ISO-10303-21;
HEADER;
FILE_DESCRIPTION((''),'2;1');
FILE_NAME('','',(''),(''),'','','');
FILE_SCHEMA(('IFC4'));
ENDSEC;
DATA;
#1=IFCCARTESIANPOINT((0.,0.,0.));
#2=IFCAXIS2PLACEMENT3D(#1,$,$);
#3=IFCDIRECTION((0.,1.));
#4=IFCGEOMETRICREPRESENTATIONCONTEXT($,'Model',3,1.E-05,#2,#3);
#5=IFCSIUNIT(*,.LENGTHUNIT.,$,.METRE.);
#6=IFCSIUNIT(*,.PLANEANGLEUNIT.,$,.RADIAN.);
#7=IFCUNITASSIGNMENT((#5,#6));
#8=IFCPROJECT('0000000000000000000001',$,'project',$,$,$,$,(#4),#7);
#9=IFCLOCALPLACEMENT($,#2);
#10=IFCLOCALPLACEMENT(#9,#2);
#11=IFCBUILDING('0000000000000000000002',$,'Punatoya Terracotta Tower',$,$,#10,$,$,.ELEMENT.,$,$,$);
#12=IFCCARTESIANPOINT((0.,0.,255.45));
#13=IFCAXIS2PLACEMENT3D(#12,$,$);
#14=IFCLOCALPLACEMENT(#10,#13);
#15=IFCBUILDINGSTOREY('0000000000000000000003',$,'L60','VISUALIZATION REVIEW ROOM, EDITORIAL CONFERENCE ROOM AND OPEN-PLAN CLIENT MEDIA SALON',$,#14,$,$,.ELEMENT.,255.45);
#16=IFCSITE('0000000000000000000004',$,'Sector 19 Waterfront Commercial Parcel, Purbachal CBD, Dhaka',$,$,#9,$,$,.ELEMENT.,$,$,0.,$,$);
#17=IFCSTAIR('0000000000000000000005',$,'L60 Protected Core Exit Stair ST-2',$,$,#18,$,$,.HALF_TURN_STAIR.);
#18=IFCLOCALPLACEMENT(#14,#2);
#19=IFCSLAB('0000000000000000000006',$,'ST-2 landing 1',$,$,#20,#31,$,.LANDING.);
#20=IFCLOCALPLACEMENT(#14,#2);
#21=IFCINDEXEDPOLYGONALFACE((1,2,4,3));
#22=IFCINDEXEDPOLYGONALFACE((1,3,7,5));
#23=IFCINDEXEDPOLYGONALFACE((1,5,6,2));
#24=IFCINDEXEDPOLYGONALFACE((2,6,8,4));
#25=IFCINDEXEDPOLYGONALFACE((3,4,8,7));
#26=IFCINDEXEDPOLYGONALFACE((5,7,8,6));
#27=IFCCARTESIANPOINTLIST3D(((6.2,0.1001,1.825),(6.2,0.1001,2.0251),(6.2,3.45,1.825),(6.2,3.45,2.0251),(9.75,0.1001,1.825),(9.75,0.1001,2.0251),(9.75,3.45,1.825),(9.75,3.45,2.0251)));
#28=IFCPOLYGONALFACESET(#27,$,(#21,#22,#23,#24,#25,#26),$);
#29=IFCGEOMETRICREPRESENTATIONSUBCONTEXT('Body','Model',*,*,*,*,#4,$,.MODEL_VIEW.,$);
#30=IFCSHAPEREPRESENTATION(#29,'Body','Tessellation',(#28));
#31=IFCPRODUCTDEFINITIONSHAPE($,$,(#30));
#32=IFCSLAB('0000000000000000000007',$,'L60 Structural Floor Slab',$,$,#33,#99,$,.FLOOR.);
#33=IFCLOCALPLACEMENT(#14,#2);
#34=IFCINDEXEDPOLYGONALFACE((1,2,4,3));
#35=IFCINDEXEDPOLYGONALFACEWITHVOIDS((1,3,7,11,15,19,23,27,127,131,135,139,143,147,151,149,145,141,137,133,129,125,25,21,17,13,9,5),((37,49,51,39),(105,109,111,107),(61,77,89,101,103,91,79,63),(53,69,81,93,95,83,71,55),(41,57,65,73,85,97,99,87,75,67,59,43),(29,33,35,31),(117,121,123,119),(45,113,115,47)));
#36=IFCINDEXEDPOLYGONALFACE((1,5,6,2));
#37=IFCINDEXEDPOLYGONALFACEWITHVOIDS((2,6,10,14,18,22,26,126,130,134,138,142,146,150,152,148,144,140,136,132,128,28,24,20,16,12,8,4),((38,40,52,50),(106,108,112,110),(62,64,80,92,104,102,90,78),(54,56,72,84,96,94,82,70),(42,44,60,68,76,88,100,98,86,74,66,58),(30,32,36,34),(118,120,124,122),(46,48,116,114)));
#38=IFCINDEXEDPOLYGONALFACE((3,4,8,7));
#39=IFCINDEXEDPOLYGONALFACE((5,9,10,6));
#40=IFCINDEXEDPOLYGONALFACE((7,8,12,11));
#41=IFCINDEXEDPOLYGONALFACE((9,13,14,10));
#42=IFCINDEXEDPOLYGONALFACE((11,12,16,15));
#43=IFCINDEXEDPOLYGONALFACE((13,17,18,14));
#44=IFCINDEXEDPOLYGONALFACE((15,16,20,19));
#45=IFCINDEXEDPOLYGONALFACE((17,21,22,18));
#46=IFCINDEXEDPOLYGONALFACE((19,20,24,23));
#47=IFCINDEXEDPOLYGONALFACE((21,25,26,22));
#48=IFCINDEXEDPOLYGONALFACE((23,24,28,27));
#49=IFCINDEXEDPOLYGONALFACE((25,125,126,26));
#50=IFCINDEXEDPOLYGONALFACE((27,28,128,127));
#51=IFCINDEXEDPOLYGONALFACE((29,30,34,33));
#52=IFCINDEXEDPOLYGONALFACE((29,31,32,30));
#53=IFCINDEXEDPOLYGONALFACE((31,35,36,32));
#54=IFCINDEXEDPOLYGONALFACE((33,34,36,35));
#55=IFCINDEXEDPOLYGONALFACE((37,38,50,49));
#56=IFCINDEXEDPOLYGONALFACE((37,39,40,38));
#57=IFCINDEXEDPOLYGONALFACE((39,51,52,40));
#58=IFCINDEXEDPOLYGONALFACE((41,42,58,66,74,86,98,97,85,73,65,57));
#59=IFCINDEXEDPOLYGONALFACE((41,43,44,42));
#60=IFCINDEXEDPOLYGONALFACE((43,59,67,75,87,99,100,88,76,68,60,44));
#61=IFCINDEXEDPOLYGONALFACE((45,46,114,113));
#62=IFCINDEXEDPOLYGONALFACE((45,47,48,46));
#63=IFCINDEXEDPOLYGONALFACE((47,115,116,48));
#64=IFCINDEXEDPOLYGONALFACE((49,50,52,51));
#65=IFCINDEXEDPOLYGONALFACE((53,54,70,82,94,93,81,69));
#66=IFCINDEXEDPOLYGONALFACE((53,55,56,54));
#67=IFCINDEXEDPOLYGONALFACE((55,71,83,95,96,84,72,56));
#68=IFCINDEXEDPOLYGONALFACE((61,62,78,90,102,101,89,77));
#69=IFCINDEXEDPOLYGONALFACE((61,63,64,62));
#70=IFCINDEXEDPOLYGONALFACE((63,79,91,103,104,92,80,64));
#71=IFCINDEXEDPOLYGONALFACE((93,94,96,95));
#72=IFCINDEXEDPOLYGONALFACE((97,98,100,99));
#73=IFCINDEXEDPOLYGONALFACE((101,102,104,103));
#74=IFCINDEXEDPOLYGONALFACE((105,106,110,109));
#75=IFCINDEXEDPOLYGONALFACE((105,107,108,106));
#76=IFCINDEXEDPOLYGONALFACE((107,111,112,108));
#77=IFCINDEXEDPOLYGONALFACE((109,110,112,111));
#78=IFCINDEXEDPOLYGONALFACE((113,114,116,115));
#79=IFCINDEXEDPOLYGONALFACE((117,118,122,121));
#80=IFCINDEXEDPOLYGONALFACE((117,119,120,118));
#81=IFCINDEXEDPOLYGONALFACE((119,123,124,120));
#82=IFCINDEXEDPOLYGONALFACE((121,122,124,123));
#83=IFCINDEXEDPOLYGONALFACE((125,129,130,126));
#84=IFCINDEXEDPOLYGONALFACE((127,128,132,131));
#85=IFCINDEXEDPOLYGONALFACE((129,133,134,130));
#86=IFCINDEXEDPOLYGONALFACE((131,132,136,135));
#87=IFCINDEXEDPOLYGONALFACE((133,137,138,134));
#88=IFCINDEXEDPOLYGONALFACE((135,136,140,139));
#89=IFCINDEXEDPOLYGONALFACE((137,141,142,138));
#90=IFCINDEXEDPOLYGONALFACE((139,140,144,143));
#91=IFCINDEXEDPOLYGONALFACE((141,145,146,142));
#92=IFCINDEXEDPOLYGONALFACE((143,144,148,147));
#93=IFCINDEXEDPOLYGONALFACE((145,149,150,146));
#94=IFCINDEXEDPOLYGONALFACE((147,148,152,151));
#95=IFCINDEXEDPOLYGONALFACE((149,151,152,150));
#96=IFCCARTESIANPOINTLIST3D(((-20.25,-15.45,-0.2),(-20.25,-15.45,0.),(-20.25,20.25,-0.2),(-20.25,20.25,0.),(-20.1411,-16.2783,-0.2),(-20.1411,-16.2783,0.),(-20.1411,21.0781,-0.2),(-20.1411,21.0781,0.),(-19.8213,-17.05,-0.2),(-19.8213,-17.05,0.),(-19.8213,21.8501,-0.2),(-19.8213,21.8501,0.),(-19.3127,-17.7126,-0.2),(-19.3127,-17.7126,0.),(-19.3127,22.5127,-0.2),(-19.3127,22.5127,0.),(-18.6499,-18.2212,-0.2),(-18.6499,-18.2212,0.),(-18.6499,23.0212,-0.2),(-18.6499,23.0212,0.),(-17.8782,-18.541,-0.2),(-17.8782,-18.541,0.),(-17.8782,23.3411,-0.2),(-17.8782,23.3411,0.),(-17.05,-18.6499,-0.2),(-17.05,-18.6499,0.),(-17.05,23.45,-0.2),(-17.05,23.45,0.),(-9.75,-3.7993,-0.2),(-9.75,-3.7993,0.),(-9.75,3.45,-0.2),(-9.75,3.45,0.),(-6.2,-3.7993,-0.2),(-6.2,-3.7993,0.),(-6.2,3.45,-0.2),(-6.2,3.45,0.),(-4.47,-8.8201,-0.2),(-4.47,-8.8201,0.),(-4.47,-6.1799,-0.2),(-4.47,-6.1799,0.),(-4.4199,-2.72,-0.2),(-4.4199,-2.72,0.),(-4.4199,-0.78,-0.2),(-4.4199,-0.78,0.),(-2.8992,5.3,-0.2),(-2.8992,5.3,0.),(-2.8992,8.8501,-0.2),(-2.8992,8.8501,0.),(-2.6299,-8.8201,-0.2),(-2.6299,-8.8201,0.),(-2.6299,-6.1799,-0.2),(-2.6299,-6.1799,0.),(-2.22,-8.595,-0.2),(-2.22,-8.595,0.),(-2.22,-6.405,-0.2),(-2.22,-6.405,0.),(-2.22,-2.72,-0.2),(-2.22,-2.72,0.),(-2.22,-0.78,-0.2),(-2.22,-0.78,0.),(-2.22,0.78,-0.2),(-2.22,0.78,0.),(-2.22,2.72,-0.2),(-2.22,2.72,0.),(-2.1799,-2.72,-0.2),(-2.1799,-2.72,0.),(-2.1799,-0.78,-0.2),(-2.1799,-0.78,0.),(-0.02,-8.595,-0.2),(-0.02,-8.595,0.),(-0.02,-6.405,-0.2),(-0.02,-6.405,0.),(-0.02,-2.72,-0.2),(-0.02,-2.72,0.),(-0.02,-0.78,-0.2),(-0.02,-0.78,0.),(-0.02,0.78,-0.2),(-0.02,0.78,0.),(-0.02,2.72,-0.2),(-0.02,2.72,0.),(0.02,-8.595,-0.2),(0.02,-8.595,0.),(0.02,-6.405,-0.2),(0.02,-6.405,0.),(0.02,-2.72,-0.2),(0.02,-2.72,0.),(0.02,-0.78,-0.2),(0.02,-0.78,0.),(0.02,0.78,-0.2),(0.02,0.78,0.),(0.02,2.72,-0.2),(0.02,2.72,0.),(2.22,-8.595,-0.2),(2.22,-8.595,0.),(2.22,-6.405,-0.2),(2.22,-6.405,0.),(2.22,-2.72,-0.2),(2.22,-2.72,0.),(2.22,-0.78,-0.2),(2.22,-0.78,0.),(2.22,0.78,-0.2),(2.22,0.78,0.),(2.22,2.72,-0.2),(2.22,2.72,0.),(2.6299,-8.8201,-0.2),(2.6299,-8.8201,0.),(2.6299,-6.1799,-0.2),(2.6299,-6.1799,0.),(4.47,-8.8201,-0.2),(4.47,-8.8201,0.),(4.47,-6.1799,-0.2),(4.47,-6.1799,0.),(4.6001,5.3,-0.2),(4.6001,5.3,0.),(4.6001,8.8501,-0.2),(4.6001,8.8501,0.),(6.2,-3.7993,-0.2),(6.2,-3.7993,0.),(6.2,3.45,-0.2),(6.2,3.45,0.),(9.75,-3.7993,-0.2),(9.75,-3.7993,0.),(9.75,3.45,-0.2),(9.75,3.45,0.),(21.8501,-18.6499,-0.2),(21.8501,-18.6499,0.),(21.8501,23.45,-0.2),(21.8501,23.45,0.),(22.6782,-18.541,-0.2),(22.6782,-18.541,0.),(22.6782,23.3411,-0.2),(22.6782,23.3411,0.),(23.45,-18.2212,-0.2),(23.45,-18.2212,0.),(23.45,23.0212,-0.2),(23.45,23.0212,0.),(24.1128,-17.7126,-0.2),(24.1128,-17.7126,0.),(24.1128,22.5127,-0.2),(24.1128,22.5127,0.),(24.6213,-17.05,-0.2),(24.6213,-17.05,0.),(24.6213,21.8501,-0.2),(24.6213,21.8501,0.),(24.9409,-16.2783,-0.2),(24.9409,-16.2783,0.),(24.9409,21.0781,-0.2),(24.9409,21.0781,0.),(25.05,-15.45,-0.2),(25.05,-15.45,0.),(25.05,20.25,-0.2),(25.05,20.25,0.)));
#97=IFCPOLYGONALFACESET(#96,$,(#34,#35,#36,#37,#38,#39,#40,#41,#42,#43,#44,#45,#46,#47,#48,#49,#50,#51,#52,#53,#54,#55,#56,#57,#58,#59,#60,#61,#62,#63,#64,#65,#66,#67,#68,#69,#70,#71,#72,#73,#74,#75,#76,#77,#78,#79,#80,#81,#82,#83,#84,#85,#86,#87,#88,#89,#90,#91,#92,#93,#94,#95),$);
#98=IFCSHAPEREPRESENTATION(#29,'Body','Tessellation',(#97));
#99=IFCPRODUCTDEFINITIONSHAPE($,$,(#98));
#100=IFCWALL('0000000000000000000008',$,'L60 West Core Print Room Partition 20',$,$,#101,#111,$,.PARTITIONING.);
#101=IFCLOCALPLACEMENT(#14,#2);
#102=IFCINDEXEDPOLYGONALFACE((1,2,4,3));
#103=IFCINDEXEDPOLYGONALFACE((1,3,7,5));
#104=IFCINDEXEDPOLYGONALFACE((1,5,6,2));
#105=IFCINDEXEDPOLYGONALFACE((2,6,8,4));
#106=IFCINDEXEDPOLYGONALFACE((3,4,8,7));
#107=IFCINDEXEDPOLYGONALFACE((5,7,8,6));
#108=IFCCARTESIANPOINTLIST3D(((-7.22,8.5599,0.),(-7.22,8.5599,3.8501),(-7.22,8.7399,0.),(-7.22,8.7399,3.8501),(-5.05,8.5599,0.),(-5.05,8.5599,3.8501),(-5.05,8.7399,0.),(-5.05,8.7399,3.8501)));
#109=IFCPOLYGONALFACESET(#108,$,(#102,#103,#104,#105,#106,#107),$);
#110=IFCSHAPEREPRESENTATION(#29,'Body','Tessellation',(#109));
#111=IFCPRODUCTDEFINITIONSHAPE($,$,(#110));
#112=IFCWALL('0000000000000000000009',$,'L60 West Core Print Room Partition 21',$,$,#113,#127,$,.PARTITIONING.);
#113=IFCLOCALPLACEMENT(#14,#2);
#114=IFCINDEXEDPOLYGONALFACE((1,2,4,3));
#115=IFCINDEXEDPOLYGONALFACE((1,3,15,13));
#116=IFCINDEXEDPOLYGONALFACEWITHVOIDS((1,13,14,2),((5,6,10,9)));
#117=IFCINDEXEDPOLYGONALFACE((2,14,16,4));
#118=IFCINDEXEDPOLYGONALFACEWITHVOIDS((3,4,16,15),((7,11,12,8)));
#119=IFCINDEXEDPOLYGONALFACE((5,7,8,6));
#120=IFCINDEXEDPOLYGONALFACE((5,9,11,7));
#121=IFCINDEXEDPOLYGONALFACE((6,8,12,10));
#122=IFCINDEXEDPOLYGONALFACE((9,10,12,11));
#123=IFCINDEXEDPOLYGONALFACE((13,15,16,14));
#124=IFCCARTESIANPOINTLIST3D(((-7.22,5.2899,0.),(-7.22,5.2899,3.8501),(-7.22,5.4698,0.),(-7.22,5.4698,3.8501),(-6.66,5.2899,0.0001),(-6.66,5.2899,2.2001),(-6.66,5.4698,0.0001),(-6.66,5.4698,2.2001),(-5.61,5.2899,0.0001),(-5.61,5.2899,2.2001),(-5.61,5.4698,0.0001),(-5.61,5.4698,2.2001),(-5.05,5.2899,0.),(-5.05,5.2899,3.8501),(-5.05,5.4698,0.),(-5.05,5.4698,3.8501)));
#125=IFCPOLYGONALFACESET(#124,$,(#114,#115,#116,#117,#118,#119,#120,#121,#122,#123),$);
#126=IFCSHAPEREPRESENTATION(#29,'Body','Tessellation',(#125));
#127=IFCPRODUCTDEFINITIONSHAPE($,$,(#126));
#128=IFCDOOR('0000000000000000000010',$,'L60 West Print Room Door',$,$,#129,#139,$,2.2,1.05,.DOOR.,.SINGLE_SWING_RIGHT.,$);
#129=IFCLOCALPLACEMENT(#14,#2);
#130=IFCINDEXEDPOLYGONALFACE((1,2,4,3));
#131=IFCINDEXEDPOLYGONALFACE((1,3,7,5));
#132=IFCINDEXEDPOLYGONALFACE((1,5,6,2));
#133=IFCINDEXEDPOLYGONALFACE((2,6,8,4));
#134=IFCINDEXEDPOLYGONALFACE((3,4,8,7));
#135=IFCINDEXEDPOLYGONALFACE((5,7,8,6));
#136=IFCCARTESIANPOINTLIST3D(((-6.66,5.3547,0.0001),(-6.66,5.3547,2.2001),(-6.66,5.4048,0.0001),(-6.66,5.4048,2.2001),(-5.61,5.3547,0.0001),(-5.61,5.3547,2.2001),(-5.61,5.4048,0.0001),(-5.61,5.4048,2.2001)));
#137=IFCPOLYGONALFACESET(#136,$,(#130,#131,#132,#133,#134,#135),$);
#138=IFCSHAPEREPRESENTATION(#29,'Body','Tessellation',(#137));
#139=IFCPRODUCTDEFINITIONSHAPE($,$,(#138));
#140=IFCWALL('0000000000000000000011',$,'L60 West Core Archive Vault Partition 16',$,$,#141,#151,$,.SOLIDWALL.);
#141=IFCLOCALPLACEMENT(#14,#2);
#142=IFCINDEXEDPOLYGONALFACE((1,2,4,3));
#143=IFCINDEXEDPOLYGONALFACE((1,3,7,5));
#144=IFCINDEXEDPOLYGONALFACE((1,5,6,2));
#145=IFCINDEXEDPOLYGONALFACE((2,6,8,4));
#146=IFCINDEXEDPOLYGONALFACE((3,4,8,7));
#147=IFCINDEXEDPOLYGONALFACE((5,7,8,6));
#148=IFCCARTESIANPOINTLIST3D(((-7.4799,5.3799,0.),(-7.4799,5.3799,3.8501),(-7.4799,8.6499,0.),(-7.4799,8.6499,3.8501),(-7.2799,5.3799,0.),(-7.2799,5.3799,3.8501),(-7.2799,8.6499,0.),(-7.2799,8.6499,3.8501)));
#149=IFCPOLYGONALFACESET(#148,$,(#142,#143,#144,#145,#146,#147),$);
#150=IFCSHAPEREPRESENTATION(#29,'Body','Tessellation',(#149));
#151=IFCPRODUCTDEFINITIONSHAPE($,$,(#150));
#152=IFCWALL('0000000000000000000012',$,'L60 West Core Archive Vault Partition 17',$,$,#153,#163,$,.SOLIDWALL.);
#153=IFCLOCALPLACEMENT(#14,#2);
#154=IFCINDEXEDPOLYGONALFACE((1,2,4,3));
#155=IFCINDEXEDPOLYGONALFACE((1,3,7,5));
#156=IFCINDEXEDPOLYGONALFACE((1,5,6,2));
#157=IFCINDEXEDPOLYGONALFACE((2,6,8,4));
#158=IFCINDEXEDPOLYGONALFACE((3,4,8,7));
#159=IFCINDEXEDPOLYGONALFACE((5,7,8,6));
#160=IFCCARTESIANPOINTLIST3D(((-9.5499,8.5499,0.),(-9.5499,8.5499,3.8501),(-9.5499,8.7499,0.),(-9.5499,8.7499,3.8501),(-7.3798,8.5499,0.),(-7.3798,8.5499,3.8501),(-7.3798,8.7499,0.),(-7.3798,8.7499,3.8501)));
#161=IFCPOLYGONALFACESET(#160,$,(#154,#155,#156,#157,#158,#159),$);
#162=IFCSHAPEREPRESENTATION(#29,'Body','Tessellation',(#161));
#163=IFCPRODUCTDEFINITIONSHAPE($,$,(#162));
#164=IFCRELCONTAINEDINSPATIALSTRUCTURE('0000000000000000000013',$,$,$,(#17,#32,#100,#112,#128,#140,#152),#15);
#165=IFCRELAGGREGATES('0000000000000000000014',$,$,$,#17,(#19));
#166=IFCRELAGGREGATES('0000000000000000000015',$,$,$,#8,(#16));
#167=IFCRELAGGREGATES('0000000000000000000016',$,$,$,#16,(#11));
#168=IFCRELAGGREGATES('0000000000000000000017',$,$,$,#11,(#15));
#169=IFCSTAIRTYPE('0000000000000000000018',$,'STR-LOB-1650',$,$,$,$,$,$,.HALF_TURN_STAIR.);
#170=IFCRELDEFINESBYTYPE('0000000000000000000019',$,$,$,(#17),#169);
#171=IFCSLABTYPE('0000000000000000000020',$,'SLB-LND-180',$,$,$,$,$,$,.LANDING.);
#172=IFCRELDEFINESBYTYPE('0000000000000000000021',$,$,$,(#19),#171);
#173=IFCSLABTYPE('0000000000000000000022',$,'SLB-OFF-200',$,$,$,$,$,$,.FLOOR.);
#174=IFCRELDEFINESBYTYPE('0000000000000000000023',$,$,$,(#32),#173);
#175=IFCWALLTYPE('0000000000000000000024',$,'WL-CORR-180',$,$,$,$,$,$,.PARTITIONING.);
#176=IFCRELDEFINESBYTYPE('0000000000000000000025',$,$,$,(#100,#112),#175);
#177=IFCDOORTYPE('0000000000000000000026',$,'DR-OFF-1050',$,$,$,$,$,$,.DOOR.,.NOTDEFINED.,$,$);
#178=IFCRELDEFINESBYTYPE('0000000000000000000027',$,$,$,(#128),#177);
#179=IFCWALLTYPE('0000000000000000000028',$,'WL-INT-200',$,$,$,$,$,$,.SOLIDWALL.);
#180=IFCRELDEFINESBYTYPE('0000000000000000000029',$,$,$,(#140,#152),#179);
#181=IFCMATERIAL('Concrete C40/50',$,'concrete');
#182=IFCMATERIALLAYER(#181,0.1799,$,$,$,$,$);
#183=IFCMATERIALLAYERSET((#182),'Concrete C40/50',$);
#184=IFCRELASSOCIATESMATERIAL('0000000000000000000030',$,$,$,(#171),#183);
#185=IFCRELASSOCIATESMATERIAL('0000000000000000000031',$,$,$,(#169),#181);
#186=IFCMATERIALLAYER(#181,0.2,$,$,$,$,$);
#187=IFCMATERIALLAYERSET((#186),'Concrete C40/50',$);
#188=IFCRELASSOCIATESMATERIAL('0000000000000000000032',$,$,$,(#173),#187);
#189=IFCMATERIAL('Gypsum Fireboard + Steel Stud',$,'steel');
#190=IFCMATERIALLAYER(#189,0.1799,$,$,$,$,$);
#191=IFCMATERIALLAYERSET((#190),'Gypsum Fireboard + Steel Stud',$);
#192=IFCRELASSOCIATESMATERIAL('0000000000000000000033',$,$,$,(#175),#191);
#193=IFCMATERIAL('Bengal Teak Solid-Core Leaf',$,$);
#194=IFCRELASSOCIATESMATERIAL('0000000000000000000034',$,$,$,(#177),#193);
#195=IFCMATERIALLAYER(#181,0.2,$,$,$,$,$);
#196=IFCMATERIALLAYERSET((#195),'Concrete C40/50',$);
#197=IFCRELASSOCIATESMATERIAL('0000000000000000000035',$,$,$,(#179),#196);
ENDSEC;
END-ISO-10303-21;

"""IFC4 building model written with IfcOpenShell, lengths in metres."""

from ifc_helpers import new_model, si_unit, direction, frame, frame_2d, origin, place, context, subcontext, project, spatial, polyline, rectangle, outline, extrude, material, layer, layer_set, type_object, element, fill, aggregate, save


model = new_model("IFC4")

# Units and contexts
model_context = context("Model", 3, precision=1e-05, world=origin(), true_north=direction((0.0, 1.0)))
body_context = subcontext(model_context, "Body", "Model", "MODEL_VIEW")
ifc_project = project(units=[si_unit("LENGTHUNIT", "METRE"), si_unit("PLANEANGLEUNIT", "RADIAN")], contexts=[model_context])

# Site, building, storey
site_placement = place(None, origin())
site = spatial("IfcSite", under=ifc_project, at=site_placement, Name="Sector 19 Waterfront Commercial Parcel, Purbachal CBD, Dhaka", CompositionType="ELEMENT", RefElevation=0.0)
building_placement = place(site_placement, origin())
building = spatial("IfcBuilding", under=site, at=building_placement, Name="Punatoya Terracotta Tower", CompositionType="ELEMENT")
storey_placement = place(building_placement, frame((0.0, 0.0, 255.45)))
storey = spatial("IfcBuildingStorey", under=building, at=storey_placement, Name="L60", Description="VISUALIZATION REVIEW ROOM, EDITORIAL CONFERENCE ROOM AND OPEN-PLAN CLIENT MEDIA SALON", CompositionType="ELEMENT", Elevation=255.45)

# Stair, slab
ifc_material_1 = material(Name="Concrete C40/50", Category="concrete")
ifc_layer_1 = layer(ifc_material_1, 0.1799)
ifc_layer_set_1 = layer_set([ifc_layer_1], Name="Concrete C40/50")
slab_type_1 = type_object("IfcSlabType", Name="SLB-LND-180", PredefinedType="LANDING", material=ifc_layer_set_1)
stair_type_1 = type_object("IfcStairType", Name="STR-LOB-1650", PredefinedType="HALF_TURN_STAIR", material=ifc_material_1)
stair_1_placement = place(storey_placement, origin())
stair_1 = element("IfcStair", 1, at=stair_1_placement, inside=storey, type_object=stair_type_1, Name="L60 Protected Core Exit Stair ST-2", PredefinedType="HALF_TURN_STAIR")
slab_1_placement = place(storey_placement, frame((0.0, 0.0, 1.825)))
slab_1 = element("IfcSlab", 2, at=slab_1_placement, type_object=slab_type_1, Name="ST-2 landing 1", PredefinedType="LANDING", context=body_context, shape_type="SweptSolid", body=[
    extrude(outline(polyline([(9.75, 0.1001), (9.75, 3.45), (6.2, 3.45), (6.2, 0.1001), (9.75, 0.1001)])), origin(), (0.0, 0.0, 1.0), 0.2002),
])
aggregate(stair_1, [slab_1])

# Slab
ifc_layer_2 = layer(ifc_material_1, 0.2)
ifc_layer_set_2 = layer_set([ifc_layer_2], Name="Concrete C40/50")
slab_type_2 = type_object("IfcSlabType", Name="SLB-OFF-200", PredefinedType="FLOOR", material=ifc_layer_set_2)
slab_2_placement = place(storey_placement, frame((0.0, 0.0, -0.2)))
element("IfcSlab", 3, at=slab_2_placement, inside=storey, type_object=slab_type_2, Name="L60 Structural Floor Slab", PredefinedType="FLOOR", context=body_context, shape_type="SweptSolid", body=[
    extrude(outline(polyline([(-17.05, -18.6499), (-17.8782, -18.541), (-18.6499, -18.2212), (-19.3127, -17.7126), (-19.8213, -17.05), (-20.1411, -16.2783), (-20.25, -15.45), (-20.25, 20.25), (-20.1411, 21.0781), (-19.8213, 21.8501), (-19.3127, 22.5127), (-18.6499, 23.0212), (-17.8782, 23.3411), (-17.05, 23.45), (21.8501, 23.45), (22.6782, 23.3411), (23.45, 23.0212), (24.1128, 22.5127), (24.6213, 21.8501), (24.9409, 21.0781), (25.05, 20.25), (25.05, -15.45), (24.9409, -16.2783), (24.6213, -17.05), (24.1128, -17.7126), (23.45, -18.2212), (22.6782, -18.541), (21.8501, -18.6499), (-17.05, -18.6499)]), holes=[polyline([(-2.6299, -6.1799), (-4.47, -6.1799), (-4.47, -8.8201), (-2.6299, -8.8201), (-2.6299, -6.1799)]), polyline([(0.02, -8.595), (2.22, -8.595), (2.22, -6.405), (0.02, -6.405), (-0.02, -6.405), (-2.22, -6.405), (-2.22, -8.595), (-0.02, -8.595), (0.02, -8.595)]), polyline([(-2.22, -2.72), (-2.1799, -2.72), (-0.02, -2.72), (0.02, -2.72), (2.22, -2.72), (2.22, -0.78), (0.02, -0.78), (-0.02, -0.78), (-2.1799, -0.78), (-2.22, -0.78), (-4.4199, -0.78), (-4.4199, -2.72), (-2.22, -2.72)]), polyline([(-6.2, 3.45), (-9.75, 3.45), (-9.75, -3.7993), (-6.2, -3.7993), (-6.2, 3.45)]), polyline([(0.02, 0.78), (2.22, 0.78), (2.22, 2.72), (0.02, 2.72), (-0.02, 2.72), (-2.22, 2.72), (-2.22, 0.78), (-0.02, 0.78), (0.02, 0.78)]), polyline([(4.47, -8.8201), (4.47, -6.1799), (2.6299, -6.1799), (2.6299, -8.8201), (4.47, -8.8201)]), polyline([(6.2, 3.45), (6.2, -3.7993), (9.75, -3.7993), (9.75, 3.45), (6.2, 3.45)]), polyline([(4.6001, 5.3), (4.6001, 8.8501), (-2.8992, 8.8501), (-2.8992, 5.3), (4.6001, 5.3)])]), origin(), (0.0, 0.0, 1.0), 0.2),
])

# Wall
ifc_material_2 = material(Name="Gypsum Fireboard + Steel Stud", Category="steel")
ifc_layer_3 = layer(ifc_material_2, 0.1799)
ifc_layer_set_3 = layer_set([ifc_layer_3], Name="Gypsum Fireboard + Steel Stud")
wall_type_1 = type_object("IfcWallType", Name="WL-CORR-180", PredefinedType="PARTITIONING", material=ifc_layer_set_3)
wall_1_placement = place(storey_placement, frame((-5.05, 8.6499, 0.0), z_axis=(0.0, 0.0, 1.0), x_axis=(-1.0, 0.0, 0.0)))
element("IfcWall", 4, at=wall_1_placement, inside=storey, type_object=wall_type_1, Name="L60 West Core Print Room Partition 20", PredefinedType="PARTITIONING", context=body_context, shape_type="SweptSolid", body=[
    extrude(rectangle(XDim=2.1699, YDim=0.1799, at=frame_2d((1.085, 0.0))), origin(), (0.0, 0.0, 1.0), 3.8501),
])

# Wall, opening, door
wall_2_placement = place(storey_placement, frame((-7.22, 5.3799, 0.0), z_axis=(0.0, 0.0, 1.0), x_axis=(1.0, 0.0, 0.0)))
wall_2 = element("IfcWall", 5, at=wall_2_placement, inside=storey, type_object=wall_type_1, Name="L60 West Core Print Room Partition 21", PredefinedType="PARTITIONING", context=body_context, shape_type="SweptSolid", body=[
    extrude(rectangle(XDim=2.1699, YDim=0.1799, at=frame_2d((1.085, 0.0))), origin(), (0.0, 0.0, 1.0), 3.8501),
])
opening_1_placement = place(wall_2_placement, frame((0.5601, 0.0, 0.0)))
opening_1 = element("IfcOpeningElement", 6, at=opening_1_placement, cuts=wall_2, PredefinedType="OPENING", context=body_context, shape_type="SweptSolid", body=[
    extrude(rectangle(XDim=1.05, YDim=2.2, at=frame_2d((0.5249, 1.1001))), frame((0.0, 0.0999, 0.0), z_axis=(0.0, -1.0, 0.0), x_axis=(1.0, 0.0, 0.0)), (0.0, 0.0, 1.0), 0.2),
])
ifc_material_3 = material(Name="Bengal Teak Solid-Core Leaf")
door_type_1 = type_object("IfcDoorType", Name="DR-OFF-1050", OperationType="NOTDEFINED", PredefinedType="DOOR", material=ifc_material_3)
door_1_placement = place(opening_1_placement, origin())
door_1 = element("IfcDoor", 7, at=door_1_placement, inside=storey, type_object=door_type_1, Name="L60 West Print Room Door", OperationType="SINGLE_SWING_RIGHT", OverallHeight=2.2, OverallWidth=1.05, PredefinedType="DOOR", context=body_context, shape_type="SweptSolid", body=[
    extrude(rectangle(XDim=1.05, YDim=2.2, at=frame_2d((0.5249, 1.1001))), frame((0.0, 0.0249, 0.0), z_axis=(0.0, -1.0, 0.0), x_axis=(1.0, 0.0, 0.0)), (0.0, 0.0, 1.0), 0.05),
])
fill(opening_1, door_1)

# Walls
ifc_layer_4 = layer(ifc_material_1, 0.2)
ifc_layer_set_4 = layer_set([ifc_layer_4], Name="Concrete C40/50")
wall_type_2 = type_object("IfcWallType", Name="WL-INT-200", PredefinedType="SOLIDWALL", material=ifc_layer_set_4)
wall_3_placement = place(storey_placement, frame((-7.3799, 5.3799, 0.0), z_axis=(0.0, 0.0, 1.0), x_axis=(0.0, 1.0, 0.0)))
element("IfcWall", 8, at=wall_3_placement, inside=storey, type_object=wall_type_2, Name="L60 West Core Archive Vault Partition 16", PredefinedType="SOLIDWALL", context=body_context, shape_type="SweptSolid", body=[
    extrude(rectangle(XDim=3.27, YDim=0.2, at=frame_2d((1.635, 0.0))), origin(), (0.0, 0.0, 1.0), 3.8501),
])
wall_4_placement = place(storey_placement, frame((-7.3799, 8.6499, 0.0), z_axis=(0.0, 0.0, 1.0), x_axis=(-1.0, 0.0, 0.0)))
element("IfcWall", 9, at=wall_4_placement, inside=storey, type_object=wall_type_2, Name="L60 West Core Archive Vault Partition 17", PredefinedType="SOLIDWALL", context=body_context, shape_type="SweptSolid", body=[
    extrude(rectangle(XDim=2.1702, YDim=0.2, at=frame_2d((1.085, 0.0))), origin(), (0.0, 0.0, 1.0), 3.8501),
])

save(model, "model.ifc")
